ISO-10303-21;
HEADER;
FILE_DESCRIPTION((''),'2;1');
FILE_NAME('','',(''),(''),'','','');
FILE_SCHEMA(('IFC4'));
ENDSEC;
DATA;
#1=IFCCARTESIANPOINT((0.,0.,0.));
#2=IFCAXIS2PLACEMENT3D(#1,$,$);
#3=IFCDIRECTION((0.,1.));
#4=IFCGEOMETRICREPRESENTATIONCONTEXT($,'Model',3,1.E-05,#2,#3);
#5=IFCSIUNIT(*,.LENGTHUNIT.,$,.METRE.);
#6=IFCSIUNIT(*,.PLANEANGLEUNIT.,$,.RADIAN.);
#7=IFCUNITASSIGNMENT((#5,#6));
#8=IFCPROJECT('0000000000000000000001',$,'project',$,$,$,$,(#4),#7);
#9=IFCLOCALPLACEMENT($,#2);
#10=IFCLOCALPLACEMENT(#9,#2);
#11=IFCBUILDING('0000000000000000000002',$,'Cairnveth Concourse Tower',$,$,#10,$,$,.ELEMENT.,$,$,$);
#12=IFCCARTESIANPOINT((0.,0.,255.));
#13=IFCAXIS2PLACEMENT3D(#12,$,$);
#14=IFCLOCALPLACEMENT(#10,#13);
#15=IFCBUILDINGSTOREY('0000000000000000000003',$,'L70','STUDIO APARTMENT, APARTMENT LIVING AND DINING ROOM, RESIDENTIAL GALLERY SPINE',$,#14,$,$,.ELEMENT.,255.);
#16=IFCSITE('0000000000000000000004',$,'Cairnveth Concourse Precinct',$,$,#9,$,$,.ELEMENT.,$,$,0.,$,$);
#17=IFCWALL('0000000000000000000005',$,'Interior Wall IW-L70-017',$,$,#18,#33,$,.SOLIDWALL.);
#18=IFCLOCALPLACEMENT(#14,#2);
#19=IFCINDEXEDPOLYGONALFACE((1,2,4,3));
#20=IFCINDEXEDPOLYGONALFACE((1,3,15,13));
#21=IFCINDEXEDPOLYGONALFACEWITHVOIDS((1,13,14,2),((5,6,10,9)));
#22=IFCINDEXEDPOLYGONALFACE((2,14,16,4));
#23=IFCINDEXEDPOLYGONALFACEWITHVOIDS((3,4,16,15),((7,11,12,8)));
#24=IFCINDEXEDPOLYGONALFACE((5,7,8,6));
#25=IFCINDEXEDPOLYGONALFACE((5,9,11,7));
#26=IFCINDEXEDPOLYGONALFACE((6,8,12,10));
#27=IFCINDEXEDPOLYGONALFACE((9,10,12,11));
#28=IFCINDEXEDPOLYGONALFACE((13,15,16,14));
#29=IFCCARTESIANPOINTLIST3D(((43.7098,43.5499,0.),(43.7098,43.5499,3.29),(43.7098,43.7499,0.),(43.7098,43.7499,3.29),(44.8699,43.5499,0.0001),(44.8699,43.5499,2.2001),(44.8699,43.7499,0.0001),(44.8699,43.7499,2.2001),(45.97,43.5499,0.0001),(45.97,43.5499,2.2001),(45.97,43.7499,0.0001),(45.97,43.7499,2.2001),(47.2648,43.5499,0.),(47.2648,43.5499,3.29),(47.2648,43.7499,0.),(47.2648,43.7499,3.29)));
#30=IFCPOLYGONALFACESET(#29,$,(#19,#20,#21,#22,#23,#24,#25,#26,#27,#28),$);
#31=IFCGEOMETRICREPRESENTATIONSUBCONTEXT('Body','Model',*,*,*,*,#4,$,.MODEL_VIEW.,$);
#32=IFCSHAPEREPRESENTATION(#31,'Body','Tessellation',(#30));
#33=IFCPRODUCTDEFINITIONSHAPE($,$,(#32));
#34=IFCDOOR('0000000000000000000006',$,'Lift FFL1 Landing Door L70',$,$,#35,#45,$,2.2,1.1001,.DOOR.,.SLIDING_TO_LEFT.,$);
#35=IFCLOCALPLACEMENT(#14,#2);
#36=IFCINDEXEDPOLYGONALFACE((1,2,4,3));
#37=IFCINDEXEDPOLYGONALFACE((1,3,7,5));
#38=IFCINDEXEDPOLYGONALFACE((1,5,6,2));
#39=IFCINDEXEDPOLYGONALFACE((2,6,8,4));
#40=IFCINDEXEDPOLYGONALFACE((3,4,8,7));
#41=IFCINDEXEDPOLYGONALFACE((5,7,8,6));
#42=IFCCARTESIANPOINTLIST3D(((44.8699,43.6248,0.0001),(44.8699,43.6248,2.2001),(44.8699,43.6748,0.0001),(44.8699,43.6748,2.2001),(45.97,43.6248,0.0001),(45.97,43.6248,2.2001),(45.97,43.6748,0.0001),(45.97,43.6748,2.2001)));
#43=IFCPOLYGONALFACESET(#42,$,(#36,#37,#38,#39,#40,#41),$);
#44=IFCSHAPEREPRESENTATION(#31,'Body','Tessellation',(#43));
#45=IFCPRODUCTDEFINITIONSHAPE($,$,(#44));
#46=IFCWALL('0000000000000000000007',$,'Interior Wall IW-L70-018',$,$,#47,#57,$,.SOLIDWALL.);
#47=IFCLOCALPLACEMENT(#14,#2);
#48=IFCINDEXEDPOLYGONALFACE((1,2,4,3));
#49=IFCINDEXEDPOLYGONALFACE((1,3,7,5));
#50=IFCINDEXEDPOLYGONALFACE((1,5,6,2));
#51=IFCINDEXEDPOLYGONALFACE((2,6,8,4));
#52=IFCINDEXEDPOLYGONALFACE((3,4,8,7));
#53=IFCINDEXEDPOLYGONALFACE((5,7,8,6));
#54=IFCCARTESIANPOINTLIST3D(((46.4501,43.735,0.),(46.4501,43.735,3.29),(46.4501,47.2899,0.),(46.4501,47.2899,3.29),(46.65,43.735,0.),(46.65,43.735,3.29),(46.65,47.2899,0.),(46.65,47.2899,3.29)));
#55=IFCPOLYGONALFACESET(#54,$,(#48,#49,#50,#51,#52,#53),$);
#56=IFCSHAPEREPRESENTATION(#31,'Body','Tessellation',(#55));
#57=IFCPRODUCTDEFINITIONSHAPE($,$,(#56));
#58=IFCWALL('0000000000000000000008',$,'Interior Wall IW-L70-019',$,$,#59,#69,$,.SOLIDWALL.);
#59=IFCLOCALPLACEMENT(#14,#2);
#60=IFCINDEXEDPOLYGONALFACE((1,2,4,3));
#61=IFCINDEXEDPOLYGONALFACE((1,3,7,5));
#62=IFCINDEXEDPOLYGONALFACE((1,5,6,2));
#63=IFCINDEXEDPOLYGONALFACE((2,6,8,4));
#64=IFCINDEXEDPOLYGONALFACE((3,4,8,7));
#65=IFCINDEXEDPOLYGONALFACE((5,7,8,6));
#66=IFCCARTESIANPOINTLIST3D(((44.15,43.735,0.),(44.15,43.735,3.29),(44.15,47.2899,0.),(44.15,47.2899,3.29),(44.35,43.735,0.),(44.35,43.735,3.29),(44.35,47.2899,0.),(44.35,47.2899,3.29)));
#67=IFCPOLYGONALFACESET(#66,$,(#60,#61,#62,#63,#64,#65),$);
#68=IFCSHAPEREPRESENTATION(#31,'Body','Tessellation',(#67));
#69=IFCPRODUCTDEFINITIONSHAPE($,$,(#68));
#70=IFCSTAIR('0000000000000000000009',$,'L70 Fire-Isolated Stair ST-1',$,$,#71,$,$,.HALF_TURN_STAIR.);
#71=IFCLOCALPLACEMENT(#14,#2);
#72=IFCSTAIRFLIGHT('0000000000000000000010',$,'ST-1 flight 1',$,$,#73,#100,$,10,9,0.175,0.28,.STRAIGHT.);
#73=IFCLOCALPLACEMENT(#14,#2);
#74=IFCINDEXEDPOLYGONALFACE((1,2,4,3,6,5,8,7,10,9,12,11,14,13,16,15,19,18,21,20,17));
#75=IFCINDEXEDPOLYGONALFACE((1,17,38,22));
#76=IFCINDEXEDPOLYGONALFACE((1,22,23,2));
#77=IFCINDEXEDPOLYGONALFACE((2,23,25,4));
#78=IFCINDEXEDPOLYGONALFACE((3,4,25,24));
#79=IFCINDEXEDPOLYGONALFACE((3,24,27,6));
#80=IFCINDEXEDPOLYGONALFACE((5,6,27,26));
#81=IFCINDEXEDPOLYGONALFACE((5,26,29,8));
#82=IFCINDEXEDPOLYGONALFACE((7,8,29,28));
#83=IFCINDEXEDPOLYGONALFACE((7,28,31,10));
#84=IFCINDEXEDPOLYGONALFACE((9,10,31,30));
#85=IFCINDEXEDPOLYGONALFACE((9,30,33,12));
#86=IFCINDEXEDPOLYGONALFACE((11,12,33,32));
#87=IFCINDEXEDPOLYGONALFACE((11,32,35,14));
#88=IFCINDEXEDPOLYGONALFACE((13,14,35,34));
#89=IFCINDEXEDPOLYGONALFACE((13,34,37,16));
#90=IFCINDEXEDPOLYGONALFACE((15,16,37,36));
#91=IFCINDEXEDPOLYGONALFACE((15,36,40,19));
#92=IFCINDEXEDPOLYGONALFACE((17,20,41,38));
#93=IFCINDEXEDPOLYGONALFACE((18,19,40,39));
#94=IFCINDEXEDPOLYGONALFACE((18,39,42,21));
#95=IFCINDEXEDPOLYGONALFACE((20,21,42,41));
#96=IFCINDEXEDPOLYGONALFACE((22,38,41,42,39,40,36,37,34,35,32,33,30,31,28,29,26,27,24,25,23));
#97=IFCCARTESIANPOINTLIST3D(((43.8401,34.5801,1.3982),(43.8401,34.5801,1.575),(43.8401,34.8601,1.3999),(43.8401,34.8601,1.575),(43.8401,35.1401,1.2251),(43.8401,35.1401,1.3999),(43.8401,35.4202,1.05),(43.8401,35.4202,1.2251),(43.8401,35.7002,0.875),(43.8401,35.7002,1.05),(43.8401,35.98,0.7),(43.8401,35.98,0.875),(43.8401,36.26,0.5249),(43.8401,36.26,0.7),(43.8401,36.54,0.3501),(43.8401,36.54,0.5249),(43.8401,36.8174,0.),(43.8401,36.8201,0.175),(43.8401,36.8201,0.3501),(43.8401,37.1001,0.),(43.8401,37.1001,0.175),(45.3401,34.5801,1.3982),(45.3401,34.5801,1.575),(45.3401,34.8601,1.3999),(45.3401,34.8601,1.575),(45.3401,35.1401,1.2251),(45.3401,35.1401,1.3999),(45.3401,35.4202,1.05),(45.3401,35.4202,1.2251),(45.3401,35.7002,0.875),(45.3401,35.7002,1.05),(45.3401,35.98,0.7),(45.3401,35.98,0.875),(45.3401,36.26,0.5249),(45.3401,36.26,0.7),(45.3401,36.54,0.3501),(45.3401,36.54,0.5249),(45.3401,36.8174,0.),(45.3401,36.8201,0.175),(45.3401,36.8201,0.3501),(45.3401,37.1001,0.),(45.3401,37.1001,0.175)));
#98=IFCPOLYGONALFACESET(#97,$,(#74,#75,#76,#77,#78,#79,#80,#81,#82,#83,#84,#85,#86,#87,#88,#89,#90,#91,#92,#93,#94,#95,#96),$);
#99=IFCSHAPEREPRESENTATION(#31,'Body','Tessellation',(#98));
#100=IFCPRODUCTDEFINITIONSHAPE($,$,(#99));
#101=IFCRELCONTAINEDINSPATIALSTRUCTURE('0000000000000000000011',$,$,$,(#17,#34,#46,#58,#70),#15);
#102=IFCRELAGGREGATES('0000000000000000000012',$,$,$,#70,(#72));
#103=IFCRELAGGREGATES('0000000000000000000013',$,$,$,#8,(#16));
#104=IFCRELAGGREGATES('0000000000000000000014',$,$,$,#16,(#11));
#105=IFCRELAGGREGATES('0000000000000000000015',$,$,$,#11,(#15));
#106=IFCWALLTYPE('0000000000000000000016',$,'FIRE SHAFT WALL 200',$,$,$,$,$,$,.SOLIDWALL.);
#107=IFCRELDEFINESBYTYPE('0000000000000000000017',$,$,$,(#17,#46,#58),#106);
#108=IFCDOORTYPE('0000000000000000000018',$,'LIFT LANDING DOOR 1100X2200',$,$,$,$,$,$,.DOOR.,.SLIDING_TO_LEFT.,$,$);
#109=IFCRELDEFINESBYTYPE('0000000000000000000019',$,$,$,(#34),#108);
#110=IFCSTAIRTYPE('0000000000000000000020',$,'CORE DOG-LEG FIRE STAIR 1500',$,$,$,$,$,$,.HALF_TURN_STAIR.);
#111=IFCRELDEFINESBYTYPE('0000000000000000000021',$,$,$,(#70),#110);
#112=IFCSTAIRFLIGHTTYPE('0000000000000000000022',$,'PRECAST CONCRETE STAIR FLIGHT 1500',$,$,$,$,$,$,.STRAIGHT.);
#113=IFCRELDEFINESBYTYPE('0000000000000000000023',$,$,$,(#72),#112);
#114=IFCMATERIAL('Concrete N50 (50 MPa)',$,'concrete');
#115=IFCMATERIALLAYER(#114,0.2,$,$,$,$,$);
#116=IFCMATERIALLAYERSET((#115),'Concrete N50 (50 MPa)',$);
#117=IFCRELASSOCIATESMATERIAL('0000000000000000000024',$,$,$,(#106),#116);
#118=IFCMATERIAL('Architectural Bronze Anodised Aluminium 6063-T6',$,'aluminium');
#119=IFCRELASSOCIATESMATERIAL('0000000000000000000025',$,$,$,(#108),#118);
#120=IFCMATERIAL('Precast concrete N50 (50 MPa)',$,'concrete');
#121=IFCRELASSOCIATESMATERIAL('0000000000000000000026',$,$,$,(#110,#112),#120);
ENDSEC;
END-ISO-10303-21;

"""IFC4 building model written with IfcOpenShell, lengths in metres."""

from ifc_helpers import new_model, si_unit, direction, frame, frame_2d, origin, place, context, subcontext, project, spatial, polyline, rectangle, outline, extrude, material, layer, layer_set, type_object, element, fill, aggregate, save


model = new_model("IFC4")

# Units and contexts
model_context = context("Model", 3, precision=1e-05, world=origin(), true_north=direction((0.0, 1.0)))
body_context = subcontext(model_context, "Body", "Model", "MODEL_VIEW")
ifc_project = project(units=[si_unit("LENGTHUNIT", "METRE"), si_unit("PLANEANGLEUNIT", "RADIAN")], contexts=[model_context])

# Site, building, storey
site_placement = place(None, origin())
site = spatial("IfcSite", under=ifc_project, at=site_placement, Name="Cairnveth Concourse Precinct", CompositionType="ELEMENT", RefElevation=0.0)
building_placement = place(site_placement, origin())
building = spatial("IfcBuilding", under=site, at=building_placement, Name="Cairnveth Concourse Tower", CompositionType="ELEMENT")
storey_placement = place(building_placement, frame((0.0, 0.0, 255.0)))
storey = spatial("IfcBuildingStorey", under=building, at=storey_placement, Name="L70", Description="STUDIO APARTMENT, APARTMENT LIVING AND DINING ROOM, RESIDENTIAL GALLERY SPINE", CompositionType="ELEMENT", Elevation=255.0)

# Shared definitions
ifc_material_1 = material(Name="Concrete N50 (50 MPa)", Category="concrete")

# Shared definitions
ifc_layer_1 = layer(ifc_material_1, 0.2)
ifc_layer_set_1 = layer_set([ifc_layer_1], Name="Concrete N50 (50 MPa)")
wall_type_1 = type_object("IfcWallType", Name="FIRE SHAFT WALL 200", PredefinedType="SOLIDWALL", material=ifc_layer_set_1)

# Wall, opening, door
wall_1_placement = place(storey_placement, frame((43.71, 43.6499, 0.0), z_axis=(0.0, 0.0, 1.0), x_axis=(1.0, 0.0, 0.0)))
wall_1 = element("IfcWall", 1, at=wall_1_placement, inside=storey, type_object=wall_type_1, Name="Interior Wall IW-L70-017", PredefinedType="SOLIDWALL", context=body_context, shape_type="SweptSolid", body=[
    extrude(rectangle(XDim=3.5549, YDim=0.2, at=frame_2d((1.7773, 0.0))), origin(), (0.0, 0.0, 1.0), 3.29),
])
opening_1_placement = place(wall_1_placement, frame((1.1599, 0.0, 0.0)))
opening_1 = element("IfcOpeningElement", 2, at=opening_1_placement, cuts=wall_1, PredefinedType="OPENING", context=body_context, shape_type="SweptSolid", body=[
    extrude(rectangle(XDim=1.1001, YDim=2.2, at=frame_2d((0.55, 1.1001))), frame((0.0, 0.1099, 0.0), z_axis=(0.0, -1.0, 0.0), x_axis=(1.0, 0.0, 0.0)), (0.0, 0.0, 1.0), 0.22),
])
ifc_material_2 = material(Name="Architectural Bronze Anodised Aluminium 6063-T6", Category="aluminium")
door_type_1 = type_object("IfcDoorType", Name="LIFT LANDING DOOR 1100X2200", OperationType="SLIDING_TO_LEFT", PredefinedType="DOOR", material=ifc_material_2)
door_1_placement = place(opening_1_placement, origin())
door_1 = element("IfcDoor", 3, at=door_1_placement, inside=storey, type_object=door_type_1, Name="Lift FFL1 Landing Door L70", OperationType="SLIDING_TO_LEFT", OverallHeight=2.2, OverallWidth=1.1001, PredefinedType="DOOR", context=body_context, shape_type="SweptSolid", body=[
    extrude(rectangle(XDim=1.1001, YDim=2.2, at=frame_2d((0.55, 1.1001))), frame((0.0, 0.0249, 0.0), z_axis=(0.0, -1.0, 0.0), x_axis=(1.0, 0.0, 0.0)), (0.0, 0.0, 1.0), 0.05),
])
fill(opening_1, door_1)

# Walls
for number, where, z_axis, x_axis, name in (
    (4, (46.55, 43.7351, 0.0), (0.0, 0.0, 1.0), (0.0, 1.0, 0.0), "Interior Wall IW-L70-018"),
    (5, (44.25, 43.7351, 0.0), (0.0, 0.0, 1.0), (0.0, 1.0, 0.0), "Interior Wall IW-L70-019"),
):
    element("IfcWall", number, at=place(storey_placement, frame(where, z_axis=z_axis, x_axis=x_axis)), inside=storey, type_object=wall_type_1, Name=name, PredefinedType="SOLIDWALL", context=body_context, shape_type="SweptSolid", body=[
        extrude(rectangle(XDim=3.5549, YDim=0.2, at=frame_2d((1.7773, 0.0))), origin(), (0.0, 0.0, 1.0), 3.29),
    ])

# Stair, stair flight
ifc_material_3 = material(Name="Precast concrete N50 (50 MPa)", Category="concrete")
stair_type = type_object("IfcStairType", Name="CORE DOG-LEG FIRE STAIR 1500", PredefinedType="HALF_TURN_STAIR", material=ifc_material_3)
stair_placement = place(storey_placement, origin())
stair = element("IfcStair", 6, at=stair_placement, inside=storey, type_object=stair_type, Name="L70 Fire-Isolated Stair ST-1", PredefinedType="HALF_TURN_STAIR")
stair_flight_type = type_object("IfcStairFlightType", Name="PRECAST CONCRETE STAIR FLIGHT 1500", PredefinedType="STRAIGHT", material=ifc_material_3)
stair_flight_placement = place(storey_placement, frame((44.5901, 37.1001, 0.0), z_axis=(0.0, 0.0, 1.0), x_axis=(0.0, -1.0, 0.0)))
stair_flight = element("IfcStairFlight", 7, at=stair_flight_placement, type_object=stair_flight_type, Name="ST-1 flight 1", NumberOfRisers=10, NumberOfTreads=9, PredefinedType="STRAIGHT", RiserHeight=0.175, TreadLength=0.28, context=body_context, shape_type="SweptSolid", body=[
    extrude(outline(polyline([(0.0, 0.0), (0.0, 0.175), (0.28, 0.175), (0.28, 0.3501), (0.5601, 0.3501), (0.5601, 0.5249), (0.8401, 0.5249), (0.8401, 0.7), (1.1201, 0.7), (1.1201, 0.875), (1.3999, 0.875), (1.3999, 1.05), (1.6799, 1.05), (1.6799, 1.2251), (1.96, 1.2251), (1.96, 1.3999), (2.24, 1.3999), (2.24, 1.575), (2.52, 1.575), (2.52, 1.75), (2.52, 1.3982), (0.2827, 0.0), (0.0, 0.0)])), frame((0.0, 0.75, 0.0), z_axis=(0.0, -1.0, 0.0), x_axis=(1.0, 0.0, 0.0)), (0.0, 0.0, 1.0), 1.5),
])
aggregate(stair, [stair_flight])

save(model, "model.ifc")
